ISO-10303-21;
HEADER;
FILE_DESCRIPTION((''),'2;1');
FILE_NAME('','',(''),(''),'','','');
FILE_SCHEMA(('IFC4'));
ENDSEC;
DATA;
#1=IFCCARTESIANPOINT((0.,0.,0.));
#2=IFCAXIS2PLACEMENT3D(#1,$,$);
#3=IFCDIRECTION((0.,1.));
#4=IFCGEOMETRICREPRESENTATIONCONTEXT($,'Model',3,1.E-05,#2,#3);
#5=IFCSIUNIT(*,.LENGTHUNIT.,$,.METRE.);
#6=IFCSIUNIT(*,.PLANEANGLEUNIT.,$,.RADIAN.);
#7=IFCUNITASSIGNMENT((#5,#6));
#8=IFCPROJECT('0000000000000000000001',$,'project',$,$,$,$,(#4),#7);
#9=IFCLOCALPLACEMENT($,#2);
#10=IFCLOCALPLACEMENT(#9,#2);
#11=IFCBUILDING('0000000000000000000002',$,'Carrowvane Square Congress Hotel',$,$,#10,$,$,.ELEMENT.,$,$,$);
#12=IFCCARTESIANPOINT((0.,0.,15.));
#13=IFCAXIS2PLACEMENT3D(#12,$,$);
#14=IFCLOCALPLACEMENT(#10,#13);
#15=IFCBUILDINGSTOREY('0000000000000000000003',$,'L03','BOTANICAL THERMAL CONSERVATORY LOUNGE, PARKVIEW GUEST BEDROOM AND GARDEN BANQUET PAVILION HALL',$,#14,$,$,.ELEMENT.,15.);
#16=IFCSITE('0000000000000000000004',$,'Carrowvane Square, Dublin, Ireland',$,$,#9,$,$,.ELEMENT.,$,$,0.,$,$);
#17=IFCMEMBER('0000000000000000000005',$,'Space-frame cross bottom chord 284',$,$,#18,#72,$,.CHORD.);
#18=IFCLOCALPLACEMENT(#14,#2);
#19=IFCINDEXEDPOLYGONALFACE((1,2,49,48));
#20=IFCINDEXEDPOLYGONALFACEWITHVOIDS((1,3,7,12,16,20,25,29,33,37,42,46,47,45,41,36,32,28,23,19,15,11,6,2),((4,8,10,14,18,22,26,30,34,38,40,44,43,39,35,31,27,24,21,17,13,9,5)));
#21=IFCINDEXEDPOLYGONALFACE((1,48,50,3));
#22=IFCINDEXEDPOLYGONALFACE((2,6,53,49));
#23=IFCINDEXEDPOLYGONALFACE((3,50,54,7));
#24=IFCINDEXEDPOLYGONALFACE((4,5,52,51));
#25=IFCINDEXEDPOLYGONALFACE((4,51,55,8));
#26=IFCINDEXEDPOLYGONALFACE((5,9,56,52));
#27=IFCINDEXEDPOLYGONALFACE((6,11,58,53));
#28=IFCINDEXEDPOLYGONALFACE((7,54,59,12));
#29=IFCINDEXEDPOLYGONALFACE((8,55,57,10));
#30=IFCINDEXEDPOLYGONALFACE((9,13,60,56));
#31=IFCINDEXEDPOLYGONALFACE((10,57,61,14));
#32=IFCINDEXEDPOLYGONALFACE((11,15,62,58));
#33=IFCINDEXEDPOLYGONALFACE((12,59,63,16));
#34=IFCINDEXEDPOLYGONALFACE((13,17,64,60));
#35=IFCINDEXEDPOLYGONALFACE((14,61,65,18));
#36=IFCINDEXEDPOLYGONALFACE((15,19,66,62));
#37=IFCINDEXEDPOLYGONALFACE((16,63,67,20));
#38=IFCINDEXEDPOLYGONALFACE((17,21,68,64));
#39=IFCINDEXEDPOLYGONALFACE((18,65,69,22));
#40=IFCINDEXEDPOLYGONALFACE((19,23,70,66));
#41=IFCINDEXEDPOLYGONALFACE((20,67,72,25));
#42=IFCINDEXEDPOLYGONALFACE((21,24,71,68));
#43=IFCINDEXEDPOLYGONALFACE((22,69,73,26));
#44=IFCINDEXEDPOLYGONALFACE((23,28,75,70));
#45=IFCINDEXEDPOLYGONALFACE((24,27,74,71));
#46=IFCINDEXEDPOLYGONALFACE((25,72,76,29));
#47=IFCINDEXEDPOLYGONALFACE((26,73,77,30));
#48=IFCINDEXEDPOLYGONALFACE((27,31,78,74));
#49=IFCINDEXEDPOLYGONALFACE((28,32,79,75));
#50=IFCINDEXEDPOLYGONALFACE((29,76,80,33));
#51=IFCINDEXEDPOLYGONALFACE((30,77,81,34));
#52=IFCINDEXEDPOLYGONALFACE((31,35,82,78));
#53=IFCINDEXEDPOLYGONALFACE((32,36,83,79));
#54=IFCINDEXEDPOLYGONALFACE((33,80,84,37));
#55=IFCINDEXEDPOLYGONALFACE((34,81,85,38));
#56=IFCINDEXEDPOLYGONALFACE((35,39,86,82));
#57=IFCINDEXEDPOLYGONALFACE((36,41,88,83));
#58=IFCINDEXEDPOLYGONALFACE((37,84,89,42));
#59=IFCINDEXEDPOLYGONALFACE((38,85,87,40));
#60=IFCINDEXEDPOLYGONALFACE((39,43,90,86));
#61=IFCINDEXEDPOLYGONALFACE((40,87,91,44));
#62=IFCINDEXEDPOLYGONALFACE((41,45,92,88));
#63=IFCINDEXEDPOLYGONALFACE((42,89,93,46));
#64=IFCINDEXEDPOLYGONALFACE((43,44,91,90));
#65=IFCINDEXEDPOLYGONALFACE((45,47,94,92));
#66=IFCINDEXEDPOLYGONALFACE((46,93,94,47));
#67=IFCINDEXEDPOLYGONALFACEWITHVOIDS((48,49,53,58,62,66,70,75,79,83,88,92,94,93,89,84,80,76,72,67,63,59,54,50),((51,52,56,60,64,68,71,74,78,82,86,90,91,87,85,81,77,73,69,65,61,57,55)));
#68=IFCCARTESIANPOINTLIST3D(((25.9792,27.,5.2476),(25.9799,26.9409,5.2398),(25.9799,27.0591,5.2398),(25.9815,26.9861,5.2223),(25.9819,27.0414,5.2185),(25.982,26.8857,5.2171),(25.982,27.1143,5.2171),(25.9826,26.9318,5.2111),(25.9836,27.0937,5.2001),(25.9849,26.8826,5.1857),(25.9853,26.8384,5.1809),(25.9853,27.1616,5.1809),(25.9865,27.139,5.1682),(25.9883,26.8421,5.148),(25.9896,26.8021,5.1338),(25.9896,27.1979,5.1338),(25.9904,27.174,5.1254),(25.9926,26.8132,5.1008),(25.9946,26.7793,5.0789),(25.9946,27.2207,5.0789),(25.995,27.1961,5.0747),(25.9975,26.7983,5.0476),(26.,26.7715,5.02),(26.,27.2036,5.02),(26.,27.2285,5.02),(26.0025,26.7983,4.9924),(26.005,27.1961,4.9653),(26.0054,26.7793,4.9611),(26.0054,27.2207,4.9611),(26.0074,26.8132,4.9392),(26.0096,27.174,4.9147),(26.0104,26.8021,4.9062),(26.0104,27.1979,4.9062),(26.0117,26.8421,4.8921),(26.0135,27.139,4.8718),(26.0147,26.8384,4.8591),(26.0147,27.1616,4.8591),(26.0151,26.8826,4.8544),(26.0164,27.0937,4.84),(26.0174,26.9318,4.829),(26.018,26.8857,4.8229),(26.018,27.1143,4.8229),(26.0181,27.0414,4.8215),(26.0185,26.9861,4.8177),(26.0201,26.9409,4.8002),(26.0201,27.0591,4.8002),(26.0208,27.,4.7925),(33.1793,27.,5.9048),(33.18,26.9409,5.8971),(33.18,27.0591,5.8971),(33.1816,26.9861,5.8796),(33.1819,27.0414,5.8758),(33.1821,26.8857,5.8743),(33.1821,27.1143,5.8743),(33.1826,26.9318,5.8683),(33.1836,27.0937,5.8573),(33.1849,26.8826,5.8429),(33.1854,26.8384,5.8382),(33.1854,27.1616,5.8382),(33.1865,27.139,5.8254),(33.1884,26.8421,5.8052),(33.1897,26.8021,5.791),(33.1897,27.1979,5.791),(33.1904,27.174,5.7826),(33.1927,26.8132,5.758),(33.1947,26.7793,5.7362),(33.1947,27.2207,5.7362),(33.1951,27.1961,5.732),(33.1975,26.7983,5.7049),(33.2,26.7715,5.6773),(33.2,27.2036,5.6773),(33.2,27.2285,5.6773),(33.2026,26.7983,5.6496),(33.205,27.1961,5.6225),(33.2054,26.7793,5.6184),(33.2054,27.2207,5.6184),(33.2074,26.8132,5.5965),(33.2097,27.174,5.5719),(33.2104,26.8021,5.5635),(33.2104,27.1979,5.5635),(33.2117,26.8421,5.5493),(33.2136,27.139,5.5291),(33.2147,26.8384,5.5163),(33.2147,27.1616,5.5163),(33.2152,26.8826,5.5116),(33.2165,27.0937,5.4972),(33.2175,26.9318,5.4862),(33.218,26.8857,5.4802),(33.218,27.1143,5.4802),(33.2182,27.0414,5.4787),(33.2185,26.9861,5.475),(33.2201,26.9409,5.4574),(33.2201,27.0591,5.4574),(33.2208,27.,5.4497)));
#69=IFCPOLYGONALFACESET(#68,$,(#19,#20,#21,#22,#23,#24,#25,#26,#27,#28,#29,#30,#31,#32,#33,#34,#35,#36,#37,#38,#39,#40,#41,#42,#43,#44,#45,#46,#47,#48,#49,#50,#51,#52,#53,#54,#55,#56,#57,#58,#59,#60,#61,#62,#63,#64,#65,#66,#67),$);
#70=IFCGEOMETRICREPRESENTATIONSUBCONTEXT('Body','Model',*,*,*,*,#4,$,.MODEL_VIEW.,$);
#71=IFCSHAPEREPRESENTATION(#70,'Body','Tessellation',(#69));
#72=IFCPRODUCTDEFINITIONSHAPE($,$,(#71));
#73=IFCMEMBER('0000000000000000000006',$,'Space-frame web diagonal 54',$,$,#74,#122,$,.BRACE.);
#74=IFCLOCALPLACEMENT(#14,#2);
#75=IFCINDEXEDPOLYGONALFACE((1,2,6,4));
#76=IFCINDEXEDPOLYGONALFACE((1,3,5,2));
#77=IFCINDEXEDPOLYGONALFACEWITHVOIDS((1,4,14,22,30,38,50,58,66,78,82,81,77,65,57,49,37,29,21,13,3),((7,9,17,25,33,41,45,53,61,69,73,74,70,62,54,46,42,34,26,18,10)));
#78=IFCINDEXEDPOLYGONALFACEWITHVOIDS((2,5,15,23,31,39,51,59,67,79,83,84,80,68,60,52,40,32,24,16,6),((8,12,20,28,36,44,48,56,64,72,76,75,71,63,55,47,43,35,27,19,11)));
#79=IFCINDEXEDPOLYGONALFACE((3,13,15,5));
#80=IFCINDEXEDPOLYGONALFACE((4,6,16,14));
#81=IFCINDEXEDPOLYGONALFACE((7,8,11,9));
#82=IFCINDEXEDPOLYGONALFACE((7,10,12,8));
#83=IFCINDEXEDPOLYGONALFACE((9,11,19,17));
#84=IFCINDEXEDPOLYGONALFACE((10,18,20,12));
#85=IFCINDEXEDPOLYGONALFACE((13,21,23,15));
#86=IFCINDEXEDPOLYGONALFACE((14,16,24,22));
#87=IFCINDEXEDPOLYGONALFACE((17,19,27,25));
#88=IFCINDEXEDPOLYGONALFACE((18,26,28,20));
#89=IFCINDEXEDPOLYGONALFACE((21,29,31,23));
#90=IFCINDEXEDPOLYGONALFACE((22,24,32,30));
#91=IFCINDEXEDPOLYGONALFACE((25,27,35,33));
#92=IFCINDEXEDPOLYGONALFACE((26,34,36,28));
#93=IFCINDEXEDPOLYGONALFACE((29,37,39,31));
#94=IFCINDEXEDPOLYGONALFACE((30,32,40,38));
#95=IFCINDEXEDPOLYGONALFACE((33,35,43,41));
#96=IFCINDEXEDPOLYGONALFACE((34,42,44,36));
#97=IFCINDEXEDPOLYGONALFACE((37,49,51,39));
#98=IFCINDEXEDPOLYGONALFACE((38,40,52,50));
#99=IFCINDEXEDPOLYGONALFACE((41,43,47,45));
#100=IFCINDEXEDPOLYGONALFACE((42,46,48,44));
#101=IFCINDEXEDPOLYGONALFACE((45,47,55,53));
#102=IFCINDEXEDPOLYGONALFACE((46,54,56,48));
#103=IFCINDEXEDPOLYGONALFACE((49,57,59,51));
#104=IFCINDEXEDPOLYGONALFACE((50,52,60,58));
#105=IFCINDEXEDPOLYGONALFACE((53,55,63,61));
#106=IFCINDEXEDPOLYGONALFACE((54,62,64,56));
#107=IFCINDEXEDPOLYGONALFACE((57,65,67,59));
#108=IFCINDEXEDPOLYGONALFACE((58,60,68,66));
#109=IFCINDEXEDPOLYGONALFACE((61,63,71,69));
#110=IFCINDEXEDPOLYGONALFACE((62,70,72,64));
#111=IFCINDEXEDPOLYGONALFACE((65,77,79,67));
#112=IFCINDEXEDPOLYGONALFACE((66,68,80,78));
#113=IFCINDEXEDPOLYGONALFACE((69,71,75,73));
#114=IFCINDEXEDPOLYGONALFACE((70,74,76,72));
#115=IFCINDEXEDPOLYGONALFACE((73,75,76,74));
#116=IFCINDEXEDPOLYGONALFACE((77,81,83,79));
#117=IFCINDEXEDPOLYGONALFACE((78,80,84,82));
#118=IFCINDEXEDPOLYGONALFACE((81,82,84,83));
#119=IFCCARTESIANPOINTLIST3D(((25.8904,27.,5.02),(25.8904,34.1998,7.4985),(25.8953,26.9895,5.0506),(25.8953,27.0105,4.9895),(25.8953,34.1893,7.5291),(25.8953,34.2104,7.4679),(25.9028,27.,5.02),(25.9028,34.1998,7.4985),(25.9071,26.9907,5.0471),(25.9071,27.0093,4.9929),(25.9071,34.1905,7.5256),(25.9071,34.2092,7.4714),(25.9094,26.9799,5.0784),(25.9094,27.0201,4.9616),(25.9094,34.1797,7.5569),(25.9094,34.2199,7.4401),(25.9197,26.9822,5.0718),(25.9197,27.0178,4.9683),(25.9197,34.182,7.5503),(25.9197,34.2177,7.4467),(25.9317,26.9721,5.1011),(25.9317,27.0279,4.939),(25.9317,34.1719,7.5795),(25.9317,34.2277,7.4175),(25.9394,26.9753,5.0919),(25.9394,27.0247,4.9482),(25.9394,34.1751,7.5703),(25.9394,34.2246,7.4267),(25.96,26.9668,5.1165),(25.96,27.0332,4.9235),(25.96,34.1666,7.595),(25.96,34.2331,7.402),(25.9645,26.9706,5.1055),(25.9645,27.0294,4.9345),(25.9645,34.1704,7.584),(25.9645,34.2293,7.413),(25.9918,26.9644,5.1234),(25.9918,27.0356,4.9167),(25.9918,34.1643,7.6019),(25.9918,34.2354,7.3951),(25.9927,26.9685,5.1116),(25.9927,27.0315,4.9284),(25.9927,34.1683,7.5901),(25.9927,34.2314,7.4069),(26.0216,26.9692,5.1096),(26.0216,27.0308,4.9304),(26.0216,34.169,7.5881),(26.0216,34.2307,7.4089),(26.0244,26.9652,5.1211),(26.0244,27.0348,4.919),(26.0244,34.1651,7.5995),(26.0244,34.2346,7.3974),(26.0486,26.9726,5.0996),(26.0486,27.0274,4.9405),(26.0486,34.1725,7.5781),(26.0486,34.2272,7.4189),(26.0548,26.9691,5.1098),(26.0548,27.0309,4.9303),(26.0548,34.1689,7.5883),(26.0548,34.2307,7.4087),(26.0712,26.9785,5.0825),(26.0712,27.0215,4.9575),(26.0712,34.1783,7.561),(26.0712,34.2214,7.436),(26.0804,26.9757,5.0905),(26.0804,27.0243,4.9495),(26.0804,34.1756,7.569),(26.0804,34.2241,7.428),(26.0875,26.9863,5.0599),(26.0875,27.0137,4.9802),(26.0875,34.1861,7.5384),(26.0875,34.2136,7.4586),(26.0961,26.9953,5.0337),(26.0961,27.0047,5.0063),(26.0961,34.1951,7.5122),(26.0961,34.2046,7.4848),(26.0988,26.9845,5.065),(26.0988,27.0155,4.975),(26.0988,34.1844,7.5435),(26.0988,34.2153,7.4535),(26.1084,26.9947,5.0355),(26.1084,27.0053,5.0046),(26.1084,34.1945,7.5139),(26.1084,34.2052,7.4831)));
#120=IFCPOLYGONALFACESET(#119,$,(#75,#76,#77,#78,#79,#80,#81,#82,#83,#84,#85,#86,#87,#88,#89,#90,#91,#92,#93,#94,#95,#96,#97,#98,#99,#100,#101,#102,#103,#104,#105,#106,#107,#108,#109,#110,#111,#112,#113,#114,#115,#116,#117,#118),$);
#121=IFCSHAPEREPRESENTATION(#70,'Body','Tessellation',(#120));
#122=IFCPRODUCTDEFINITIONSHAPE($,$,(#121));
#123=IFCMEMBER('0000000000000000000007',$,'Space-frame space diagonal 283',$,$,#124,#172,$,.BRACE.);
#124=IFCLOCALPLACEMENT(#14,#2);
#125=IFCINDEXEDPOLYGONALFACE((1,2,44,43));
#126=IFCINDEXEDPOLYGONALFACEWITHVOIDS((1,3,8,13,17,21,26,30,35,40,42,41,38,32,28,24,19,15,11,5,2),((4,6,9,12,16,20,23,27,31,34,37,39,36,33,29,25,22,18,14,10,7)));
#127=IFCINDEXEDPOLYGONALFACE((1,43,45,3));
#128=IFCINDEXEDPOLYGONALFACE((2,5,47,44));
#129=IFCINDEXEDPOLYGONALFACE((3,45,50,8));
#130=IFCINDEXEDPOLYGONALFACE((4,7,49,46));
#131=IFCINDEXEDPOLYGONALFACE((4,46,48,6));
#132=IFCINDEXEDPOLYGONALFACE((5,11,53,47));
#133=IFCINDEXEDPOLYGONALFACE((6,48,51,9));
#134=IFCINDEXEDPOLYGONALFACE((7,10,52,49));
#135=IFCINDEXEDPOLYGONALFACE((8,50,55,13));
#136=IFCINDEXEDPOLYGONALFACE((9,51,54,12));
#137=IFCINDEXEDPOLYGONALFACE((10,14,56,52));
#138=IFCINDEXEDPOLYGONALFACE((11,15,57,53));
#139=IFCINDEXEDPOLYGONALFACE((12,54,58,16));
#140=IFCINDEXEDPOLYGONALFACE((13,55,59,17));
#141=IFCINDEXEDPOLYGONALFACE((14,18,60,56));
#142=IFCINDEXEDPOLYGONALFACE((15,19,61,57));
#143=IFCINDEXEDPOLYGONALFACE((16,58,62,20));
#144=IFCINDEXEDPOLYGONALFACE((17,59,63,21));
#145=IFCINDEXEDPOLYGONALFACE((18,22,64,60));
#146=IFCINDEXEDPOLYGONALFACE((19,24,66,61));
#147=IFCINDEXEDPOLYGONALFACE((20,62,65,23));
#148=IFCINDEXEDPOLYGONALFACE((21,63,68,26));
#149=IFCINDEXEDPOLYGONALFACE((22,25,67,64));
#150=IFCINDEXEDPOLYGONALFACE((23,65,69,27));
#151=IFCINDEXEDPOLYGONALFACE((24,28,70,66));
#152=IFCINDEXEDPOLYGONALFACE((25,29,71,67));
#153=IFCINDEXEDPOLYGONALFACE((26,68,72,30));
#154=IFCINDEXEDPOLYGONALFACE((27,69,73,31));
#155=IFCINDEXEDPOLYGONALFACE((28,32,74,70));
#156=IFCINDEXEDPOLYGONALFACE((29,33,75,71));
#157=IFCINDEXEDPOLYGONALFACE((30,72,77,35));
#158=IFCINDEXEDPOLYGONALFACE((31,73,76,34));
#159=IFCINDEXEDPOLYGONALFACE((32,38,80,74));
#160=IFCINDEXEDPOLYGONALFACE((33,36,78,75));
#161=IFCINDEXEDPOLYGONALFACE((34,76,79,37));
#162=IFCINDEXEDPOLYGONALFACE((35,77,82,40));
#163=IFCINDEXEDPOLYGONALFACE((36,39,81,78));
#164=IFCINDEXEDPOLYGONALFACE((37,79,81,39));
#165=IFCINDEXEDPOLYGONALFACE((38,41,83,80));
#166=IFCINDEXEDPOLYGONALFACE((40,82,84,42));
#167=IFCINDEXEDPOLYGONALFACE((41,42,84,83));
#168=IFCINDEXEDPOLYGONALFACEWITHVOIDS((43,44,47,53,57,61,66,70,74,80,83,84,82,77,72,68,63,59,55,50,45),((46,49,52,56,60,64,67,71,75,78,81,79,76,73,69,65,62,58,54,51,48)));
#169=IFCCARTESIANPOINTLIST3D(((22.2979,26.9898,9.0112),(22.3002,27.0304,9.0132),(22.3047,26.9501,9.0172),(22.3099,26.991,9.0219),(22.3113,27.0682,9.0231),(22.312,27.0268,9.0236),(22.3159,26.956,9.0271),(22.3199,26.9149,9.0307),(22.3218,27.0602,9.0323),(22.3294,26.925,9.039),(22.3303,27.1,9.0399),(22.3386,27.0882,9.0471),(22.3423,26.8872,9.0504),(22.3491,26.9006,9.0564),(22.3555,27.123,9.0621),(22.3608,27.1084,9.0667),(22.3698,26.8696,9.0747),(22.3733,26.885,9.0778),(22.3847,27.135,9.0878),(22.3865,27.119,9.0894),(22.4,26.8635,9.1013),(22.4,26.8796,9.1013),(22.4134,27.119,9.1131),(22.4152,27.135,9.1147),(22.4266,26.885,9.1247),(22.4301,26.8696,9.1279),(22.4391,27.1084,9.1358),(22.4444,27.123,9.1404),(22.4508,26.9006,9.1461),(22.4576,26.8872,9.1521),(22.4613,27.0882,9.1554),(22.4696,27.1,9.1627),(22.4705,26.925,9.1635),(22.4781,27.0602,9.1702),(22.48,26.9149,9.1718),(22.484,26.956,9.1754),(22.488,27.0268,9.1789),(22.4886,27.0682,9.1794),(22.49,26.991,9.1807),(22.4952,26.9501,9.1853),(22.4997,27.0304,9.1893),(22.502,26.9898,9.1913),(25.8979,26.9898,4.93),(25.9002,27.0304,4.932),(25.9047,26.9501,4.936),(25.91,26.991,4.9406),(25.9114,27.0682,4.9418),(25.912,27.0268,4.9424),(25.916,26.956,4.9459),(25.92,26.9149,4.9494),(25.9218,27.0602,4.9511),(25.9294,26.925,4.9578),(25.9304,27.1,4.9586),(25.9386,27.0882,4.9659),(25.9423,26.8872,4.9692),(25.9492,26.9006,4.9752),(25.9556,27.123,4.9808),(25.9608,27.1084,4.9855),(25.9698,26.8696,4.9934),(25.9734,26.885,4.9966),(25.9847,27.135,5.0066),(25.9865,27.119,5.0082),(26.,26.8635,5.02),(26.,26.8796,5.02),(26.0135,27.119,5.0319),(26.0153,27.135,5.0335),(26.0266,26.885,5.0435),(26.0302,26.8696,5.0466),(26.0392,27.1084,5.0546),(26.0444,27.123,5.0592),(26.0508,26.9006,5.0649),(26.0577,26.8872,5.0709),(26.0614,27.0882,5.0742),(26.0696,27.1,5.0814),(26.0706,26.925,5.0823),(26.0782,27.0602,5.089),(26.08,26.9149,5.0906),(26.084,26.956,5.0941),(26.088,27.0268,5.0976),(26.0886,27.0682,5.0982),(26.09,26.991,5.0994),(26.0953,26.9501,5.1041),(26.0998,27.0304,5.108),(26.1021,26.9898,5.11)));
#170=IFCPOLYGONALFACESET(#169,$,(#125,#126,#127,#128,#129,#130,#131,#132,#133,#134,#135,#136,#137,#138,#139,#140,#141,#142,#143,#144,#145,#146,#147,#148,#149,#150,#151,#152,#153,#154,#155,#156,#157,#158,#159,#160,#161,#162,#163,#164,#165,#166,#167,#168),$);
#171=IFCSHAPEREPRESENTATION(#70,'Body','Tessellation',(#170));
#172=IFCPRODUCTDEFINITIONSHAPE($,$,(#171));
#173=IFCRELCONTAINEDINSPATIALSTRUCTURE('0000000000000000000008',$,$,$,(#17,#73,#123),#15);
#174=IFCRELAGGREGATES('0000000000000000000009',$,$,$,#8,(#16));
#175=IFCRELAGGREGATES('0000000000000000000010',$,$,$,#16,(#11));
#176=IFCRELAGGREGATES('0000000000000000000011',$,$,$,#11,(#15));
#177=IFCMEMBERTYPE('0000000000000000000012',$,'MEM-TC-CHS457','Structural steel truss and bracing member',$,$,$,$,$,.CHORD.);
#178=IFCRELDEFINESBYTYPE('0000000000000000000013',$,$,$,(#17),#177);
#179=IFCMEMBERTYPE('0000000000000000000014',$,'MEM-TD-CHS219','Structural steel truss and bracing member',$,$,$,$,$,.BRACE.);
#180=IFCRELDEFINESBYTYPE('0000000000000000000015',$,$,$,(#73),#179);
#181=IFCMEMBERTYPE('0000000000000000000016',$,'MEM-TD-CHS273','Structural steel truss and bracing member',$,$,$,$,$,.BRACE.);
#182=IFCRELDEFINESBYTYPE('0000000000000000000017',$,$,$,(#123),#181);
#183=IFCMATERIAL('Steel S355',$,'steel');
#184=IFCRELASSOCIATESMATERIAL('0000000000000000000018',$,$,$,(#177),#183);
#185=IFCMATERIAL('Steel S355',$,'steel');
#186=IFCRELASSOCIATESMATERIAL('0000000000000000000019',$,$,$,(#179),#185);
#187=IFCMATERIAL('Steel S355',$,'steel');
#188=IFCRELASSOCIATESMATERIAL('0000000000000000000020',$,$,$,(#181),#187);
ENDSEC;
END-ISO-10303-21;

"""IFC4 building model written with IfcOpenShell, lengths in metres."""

from ifc_helpers import new_model, si_unit, direction, frame, origin, origin_2d, place, context, subcontext, project, spatial, hollow_circle, extrude, material, material_profile, profile_set, type_object, element, save


model = new_model("IFC4")

# Units and contexts
model_context = context("Model", 3, precision=1e-05, world=origin(), true_north=direction((0.0, 1.0)))
body_context = subcontext(model_context, "Body", "Model", "MODEL_VIEW")
ifc_project = project(units=[si_unit("LENGTHUNIT", "METRE"), si_unit("PLANEANGLEUNIT", "RADIAN")], contexts=[model_context])

# Site, building, storey
site_placement = place(None, origin())
site = spatial("IfcSite", under=ifc_project, at=site_placement, Name="Carrowvane Square, Dublin, Ireland", CompositionType="ELEMENT", RefElevation=0.0)
building_placement = place(site_placement, origin())
building = spatial("IfcBuilding", under=site, at=building_placement, Name="Carrowvane Square Congress Hotel", CompositionType="ELEMENT")
storey_placement = place(building_placement, frame((0.0, 0.0, 15.0)))
storey = spatial("IfcBuildingStorey", under=building, at=storey_placement, Name="L03", Description="BOTANICAL THERMAL CONSERVATORY LOUNGE, PARKVIEW GUEST BEDROOM AND GARDEN BANQUET PAVILION HALL", CompositionType="ELEMENT", Elevation=15.0)

# Members
ifc_material_1 = material(Name="Steel S355", Category="steel")
ifc_material_profile_1 = material_profile(ifc_material_1, hollow_circle(Radius=0.2285, WallThickness=0.0249, at=origin_2d()), Name="CHS 457.0x25")
ifc_profile_set_1 = profile_set([ifc_material_profile_1], Name="Steel S355")
member_type_1 = type_object("IfcMemberType", Name="MEM-TC-CHS457", Description="Structural steel truss and bracing member", PredefinedType="CHORD", material=ifc_profile_set_1)
member_1_placement = place(storey_placement, frame((26.0, 27.0, 5.02), z_axis=(0.99586, 0.0, 0.090904), x_axis=(0.0, 1.0, 0.0)))
element("IfcMember", 1, at=member_1_placement, inside=storey, type_object=member_type_1, Name="Space-frame cross bottom chord 284", PredefinedType="CHORD", context=body_context, shape_type="SweptSolid", body=[
    extrude(hollow_circle(Radius=0.2285, WallThickness=0.0249, at=origin_2d()), origin(), (0.0, 0.0, 1.0), 7.23),
])
ifc_material_2 = material(Name="Steel S355", Category="steel")
ifc_material_profile_2 = material_profile(ifc_material_2, hollow_circle(Radius=0.1096, WallThickness=0.0125, at=origin_2d()), Name="CHS 219.1x12.5")
ifc_profile_set_2 = profile_set([ifc_material_profile_2], Name="Steel S355")
member_type_2 = type_object("IfcMemberType", Name="MEM-TD-CHS219", Description="Structural steel truss and bracing member", PredefinedType="BRACE", material=ifc_profile_set_2)
member_2_placement = place(storey_placement, frame((26.0, 27.0, 5.02), z_axis=(0.0, 0.945544, 0.325495), x_axis=(-1.0, 0.0, 0.0)))
element("IfcMember", 2, at=member_2_placement, inside=storey, type_object=member_type_2, Name="Space-frame web diagonal 54", PredefinedType="BRACE", context=body_context, shape_type="SweptSolid", body=[
    extrude(hollow_circle(Radius=0.1096, WallThickness=0.0125, at=origin_2d()), origin(), (0.0, 0.0, 1.0), 7.6145),
])
ifc_material_3 = material(Name="Steel S355", Category="steel")
ifc_material_profile_3 = material_profile(ifc_material_3, hollow_circle(Radius=0.1365, WallThickness=0.0161, at=origin_2d()), Name="CHS 273.0x16")
ifc_profile_set_3 = profile_set([ifc_material_profile_3], Name="Steel S355")
member_type_3 = type_object("IfcMemberType", Name="MEM-TD-CHS273", Description="Structural steel truss and bracing member", PredefinedType="BRACE", material=ifc_profile_set_3)
member_3_placement = place(storey_placement, frame((26.0, 27.0, 5.02), z_axis=(-0.661513, 0.0, 0.749933), x_axis=(0.0, -1.0, 0.0)))
element("IfcMember", 3, at=member_3_placement, inside=storey, type_object=member_type_3, Name="Space-frame space diagonal 283", PredefinedType="BRACE", context=body_context, shape_type="SweptSolid", body=[
    extrude(hollow_circle(Radius=0.1365, WallThickness=0.0161, at=origin_2d()), origin(), (0.0, 0.0, 1.0), 5.4421),
])

save(model, "model.ifc")
